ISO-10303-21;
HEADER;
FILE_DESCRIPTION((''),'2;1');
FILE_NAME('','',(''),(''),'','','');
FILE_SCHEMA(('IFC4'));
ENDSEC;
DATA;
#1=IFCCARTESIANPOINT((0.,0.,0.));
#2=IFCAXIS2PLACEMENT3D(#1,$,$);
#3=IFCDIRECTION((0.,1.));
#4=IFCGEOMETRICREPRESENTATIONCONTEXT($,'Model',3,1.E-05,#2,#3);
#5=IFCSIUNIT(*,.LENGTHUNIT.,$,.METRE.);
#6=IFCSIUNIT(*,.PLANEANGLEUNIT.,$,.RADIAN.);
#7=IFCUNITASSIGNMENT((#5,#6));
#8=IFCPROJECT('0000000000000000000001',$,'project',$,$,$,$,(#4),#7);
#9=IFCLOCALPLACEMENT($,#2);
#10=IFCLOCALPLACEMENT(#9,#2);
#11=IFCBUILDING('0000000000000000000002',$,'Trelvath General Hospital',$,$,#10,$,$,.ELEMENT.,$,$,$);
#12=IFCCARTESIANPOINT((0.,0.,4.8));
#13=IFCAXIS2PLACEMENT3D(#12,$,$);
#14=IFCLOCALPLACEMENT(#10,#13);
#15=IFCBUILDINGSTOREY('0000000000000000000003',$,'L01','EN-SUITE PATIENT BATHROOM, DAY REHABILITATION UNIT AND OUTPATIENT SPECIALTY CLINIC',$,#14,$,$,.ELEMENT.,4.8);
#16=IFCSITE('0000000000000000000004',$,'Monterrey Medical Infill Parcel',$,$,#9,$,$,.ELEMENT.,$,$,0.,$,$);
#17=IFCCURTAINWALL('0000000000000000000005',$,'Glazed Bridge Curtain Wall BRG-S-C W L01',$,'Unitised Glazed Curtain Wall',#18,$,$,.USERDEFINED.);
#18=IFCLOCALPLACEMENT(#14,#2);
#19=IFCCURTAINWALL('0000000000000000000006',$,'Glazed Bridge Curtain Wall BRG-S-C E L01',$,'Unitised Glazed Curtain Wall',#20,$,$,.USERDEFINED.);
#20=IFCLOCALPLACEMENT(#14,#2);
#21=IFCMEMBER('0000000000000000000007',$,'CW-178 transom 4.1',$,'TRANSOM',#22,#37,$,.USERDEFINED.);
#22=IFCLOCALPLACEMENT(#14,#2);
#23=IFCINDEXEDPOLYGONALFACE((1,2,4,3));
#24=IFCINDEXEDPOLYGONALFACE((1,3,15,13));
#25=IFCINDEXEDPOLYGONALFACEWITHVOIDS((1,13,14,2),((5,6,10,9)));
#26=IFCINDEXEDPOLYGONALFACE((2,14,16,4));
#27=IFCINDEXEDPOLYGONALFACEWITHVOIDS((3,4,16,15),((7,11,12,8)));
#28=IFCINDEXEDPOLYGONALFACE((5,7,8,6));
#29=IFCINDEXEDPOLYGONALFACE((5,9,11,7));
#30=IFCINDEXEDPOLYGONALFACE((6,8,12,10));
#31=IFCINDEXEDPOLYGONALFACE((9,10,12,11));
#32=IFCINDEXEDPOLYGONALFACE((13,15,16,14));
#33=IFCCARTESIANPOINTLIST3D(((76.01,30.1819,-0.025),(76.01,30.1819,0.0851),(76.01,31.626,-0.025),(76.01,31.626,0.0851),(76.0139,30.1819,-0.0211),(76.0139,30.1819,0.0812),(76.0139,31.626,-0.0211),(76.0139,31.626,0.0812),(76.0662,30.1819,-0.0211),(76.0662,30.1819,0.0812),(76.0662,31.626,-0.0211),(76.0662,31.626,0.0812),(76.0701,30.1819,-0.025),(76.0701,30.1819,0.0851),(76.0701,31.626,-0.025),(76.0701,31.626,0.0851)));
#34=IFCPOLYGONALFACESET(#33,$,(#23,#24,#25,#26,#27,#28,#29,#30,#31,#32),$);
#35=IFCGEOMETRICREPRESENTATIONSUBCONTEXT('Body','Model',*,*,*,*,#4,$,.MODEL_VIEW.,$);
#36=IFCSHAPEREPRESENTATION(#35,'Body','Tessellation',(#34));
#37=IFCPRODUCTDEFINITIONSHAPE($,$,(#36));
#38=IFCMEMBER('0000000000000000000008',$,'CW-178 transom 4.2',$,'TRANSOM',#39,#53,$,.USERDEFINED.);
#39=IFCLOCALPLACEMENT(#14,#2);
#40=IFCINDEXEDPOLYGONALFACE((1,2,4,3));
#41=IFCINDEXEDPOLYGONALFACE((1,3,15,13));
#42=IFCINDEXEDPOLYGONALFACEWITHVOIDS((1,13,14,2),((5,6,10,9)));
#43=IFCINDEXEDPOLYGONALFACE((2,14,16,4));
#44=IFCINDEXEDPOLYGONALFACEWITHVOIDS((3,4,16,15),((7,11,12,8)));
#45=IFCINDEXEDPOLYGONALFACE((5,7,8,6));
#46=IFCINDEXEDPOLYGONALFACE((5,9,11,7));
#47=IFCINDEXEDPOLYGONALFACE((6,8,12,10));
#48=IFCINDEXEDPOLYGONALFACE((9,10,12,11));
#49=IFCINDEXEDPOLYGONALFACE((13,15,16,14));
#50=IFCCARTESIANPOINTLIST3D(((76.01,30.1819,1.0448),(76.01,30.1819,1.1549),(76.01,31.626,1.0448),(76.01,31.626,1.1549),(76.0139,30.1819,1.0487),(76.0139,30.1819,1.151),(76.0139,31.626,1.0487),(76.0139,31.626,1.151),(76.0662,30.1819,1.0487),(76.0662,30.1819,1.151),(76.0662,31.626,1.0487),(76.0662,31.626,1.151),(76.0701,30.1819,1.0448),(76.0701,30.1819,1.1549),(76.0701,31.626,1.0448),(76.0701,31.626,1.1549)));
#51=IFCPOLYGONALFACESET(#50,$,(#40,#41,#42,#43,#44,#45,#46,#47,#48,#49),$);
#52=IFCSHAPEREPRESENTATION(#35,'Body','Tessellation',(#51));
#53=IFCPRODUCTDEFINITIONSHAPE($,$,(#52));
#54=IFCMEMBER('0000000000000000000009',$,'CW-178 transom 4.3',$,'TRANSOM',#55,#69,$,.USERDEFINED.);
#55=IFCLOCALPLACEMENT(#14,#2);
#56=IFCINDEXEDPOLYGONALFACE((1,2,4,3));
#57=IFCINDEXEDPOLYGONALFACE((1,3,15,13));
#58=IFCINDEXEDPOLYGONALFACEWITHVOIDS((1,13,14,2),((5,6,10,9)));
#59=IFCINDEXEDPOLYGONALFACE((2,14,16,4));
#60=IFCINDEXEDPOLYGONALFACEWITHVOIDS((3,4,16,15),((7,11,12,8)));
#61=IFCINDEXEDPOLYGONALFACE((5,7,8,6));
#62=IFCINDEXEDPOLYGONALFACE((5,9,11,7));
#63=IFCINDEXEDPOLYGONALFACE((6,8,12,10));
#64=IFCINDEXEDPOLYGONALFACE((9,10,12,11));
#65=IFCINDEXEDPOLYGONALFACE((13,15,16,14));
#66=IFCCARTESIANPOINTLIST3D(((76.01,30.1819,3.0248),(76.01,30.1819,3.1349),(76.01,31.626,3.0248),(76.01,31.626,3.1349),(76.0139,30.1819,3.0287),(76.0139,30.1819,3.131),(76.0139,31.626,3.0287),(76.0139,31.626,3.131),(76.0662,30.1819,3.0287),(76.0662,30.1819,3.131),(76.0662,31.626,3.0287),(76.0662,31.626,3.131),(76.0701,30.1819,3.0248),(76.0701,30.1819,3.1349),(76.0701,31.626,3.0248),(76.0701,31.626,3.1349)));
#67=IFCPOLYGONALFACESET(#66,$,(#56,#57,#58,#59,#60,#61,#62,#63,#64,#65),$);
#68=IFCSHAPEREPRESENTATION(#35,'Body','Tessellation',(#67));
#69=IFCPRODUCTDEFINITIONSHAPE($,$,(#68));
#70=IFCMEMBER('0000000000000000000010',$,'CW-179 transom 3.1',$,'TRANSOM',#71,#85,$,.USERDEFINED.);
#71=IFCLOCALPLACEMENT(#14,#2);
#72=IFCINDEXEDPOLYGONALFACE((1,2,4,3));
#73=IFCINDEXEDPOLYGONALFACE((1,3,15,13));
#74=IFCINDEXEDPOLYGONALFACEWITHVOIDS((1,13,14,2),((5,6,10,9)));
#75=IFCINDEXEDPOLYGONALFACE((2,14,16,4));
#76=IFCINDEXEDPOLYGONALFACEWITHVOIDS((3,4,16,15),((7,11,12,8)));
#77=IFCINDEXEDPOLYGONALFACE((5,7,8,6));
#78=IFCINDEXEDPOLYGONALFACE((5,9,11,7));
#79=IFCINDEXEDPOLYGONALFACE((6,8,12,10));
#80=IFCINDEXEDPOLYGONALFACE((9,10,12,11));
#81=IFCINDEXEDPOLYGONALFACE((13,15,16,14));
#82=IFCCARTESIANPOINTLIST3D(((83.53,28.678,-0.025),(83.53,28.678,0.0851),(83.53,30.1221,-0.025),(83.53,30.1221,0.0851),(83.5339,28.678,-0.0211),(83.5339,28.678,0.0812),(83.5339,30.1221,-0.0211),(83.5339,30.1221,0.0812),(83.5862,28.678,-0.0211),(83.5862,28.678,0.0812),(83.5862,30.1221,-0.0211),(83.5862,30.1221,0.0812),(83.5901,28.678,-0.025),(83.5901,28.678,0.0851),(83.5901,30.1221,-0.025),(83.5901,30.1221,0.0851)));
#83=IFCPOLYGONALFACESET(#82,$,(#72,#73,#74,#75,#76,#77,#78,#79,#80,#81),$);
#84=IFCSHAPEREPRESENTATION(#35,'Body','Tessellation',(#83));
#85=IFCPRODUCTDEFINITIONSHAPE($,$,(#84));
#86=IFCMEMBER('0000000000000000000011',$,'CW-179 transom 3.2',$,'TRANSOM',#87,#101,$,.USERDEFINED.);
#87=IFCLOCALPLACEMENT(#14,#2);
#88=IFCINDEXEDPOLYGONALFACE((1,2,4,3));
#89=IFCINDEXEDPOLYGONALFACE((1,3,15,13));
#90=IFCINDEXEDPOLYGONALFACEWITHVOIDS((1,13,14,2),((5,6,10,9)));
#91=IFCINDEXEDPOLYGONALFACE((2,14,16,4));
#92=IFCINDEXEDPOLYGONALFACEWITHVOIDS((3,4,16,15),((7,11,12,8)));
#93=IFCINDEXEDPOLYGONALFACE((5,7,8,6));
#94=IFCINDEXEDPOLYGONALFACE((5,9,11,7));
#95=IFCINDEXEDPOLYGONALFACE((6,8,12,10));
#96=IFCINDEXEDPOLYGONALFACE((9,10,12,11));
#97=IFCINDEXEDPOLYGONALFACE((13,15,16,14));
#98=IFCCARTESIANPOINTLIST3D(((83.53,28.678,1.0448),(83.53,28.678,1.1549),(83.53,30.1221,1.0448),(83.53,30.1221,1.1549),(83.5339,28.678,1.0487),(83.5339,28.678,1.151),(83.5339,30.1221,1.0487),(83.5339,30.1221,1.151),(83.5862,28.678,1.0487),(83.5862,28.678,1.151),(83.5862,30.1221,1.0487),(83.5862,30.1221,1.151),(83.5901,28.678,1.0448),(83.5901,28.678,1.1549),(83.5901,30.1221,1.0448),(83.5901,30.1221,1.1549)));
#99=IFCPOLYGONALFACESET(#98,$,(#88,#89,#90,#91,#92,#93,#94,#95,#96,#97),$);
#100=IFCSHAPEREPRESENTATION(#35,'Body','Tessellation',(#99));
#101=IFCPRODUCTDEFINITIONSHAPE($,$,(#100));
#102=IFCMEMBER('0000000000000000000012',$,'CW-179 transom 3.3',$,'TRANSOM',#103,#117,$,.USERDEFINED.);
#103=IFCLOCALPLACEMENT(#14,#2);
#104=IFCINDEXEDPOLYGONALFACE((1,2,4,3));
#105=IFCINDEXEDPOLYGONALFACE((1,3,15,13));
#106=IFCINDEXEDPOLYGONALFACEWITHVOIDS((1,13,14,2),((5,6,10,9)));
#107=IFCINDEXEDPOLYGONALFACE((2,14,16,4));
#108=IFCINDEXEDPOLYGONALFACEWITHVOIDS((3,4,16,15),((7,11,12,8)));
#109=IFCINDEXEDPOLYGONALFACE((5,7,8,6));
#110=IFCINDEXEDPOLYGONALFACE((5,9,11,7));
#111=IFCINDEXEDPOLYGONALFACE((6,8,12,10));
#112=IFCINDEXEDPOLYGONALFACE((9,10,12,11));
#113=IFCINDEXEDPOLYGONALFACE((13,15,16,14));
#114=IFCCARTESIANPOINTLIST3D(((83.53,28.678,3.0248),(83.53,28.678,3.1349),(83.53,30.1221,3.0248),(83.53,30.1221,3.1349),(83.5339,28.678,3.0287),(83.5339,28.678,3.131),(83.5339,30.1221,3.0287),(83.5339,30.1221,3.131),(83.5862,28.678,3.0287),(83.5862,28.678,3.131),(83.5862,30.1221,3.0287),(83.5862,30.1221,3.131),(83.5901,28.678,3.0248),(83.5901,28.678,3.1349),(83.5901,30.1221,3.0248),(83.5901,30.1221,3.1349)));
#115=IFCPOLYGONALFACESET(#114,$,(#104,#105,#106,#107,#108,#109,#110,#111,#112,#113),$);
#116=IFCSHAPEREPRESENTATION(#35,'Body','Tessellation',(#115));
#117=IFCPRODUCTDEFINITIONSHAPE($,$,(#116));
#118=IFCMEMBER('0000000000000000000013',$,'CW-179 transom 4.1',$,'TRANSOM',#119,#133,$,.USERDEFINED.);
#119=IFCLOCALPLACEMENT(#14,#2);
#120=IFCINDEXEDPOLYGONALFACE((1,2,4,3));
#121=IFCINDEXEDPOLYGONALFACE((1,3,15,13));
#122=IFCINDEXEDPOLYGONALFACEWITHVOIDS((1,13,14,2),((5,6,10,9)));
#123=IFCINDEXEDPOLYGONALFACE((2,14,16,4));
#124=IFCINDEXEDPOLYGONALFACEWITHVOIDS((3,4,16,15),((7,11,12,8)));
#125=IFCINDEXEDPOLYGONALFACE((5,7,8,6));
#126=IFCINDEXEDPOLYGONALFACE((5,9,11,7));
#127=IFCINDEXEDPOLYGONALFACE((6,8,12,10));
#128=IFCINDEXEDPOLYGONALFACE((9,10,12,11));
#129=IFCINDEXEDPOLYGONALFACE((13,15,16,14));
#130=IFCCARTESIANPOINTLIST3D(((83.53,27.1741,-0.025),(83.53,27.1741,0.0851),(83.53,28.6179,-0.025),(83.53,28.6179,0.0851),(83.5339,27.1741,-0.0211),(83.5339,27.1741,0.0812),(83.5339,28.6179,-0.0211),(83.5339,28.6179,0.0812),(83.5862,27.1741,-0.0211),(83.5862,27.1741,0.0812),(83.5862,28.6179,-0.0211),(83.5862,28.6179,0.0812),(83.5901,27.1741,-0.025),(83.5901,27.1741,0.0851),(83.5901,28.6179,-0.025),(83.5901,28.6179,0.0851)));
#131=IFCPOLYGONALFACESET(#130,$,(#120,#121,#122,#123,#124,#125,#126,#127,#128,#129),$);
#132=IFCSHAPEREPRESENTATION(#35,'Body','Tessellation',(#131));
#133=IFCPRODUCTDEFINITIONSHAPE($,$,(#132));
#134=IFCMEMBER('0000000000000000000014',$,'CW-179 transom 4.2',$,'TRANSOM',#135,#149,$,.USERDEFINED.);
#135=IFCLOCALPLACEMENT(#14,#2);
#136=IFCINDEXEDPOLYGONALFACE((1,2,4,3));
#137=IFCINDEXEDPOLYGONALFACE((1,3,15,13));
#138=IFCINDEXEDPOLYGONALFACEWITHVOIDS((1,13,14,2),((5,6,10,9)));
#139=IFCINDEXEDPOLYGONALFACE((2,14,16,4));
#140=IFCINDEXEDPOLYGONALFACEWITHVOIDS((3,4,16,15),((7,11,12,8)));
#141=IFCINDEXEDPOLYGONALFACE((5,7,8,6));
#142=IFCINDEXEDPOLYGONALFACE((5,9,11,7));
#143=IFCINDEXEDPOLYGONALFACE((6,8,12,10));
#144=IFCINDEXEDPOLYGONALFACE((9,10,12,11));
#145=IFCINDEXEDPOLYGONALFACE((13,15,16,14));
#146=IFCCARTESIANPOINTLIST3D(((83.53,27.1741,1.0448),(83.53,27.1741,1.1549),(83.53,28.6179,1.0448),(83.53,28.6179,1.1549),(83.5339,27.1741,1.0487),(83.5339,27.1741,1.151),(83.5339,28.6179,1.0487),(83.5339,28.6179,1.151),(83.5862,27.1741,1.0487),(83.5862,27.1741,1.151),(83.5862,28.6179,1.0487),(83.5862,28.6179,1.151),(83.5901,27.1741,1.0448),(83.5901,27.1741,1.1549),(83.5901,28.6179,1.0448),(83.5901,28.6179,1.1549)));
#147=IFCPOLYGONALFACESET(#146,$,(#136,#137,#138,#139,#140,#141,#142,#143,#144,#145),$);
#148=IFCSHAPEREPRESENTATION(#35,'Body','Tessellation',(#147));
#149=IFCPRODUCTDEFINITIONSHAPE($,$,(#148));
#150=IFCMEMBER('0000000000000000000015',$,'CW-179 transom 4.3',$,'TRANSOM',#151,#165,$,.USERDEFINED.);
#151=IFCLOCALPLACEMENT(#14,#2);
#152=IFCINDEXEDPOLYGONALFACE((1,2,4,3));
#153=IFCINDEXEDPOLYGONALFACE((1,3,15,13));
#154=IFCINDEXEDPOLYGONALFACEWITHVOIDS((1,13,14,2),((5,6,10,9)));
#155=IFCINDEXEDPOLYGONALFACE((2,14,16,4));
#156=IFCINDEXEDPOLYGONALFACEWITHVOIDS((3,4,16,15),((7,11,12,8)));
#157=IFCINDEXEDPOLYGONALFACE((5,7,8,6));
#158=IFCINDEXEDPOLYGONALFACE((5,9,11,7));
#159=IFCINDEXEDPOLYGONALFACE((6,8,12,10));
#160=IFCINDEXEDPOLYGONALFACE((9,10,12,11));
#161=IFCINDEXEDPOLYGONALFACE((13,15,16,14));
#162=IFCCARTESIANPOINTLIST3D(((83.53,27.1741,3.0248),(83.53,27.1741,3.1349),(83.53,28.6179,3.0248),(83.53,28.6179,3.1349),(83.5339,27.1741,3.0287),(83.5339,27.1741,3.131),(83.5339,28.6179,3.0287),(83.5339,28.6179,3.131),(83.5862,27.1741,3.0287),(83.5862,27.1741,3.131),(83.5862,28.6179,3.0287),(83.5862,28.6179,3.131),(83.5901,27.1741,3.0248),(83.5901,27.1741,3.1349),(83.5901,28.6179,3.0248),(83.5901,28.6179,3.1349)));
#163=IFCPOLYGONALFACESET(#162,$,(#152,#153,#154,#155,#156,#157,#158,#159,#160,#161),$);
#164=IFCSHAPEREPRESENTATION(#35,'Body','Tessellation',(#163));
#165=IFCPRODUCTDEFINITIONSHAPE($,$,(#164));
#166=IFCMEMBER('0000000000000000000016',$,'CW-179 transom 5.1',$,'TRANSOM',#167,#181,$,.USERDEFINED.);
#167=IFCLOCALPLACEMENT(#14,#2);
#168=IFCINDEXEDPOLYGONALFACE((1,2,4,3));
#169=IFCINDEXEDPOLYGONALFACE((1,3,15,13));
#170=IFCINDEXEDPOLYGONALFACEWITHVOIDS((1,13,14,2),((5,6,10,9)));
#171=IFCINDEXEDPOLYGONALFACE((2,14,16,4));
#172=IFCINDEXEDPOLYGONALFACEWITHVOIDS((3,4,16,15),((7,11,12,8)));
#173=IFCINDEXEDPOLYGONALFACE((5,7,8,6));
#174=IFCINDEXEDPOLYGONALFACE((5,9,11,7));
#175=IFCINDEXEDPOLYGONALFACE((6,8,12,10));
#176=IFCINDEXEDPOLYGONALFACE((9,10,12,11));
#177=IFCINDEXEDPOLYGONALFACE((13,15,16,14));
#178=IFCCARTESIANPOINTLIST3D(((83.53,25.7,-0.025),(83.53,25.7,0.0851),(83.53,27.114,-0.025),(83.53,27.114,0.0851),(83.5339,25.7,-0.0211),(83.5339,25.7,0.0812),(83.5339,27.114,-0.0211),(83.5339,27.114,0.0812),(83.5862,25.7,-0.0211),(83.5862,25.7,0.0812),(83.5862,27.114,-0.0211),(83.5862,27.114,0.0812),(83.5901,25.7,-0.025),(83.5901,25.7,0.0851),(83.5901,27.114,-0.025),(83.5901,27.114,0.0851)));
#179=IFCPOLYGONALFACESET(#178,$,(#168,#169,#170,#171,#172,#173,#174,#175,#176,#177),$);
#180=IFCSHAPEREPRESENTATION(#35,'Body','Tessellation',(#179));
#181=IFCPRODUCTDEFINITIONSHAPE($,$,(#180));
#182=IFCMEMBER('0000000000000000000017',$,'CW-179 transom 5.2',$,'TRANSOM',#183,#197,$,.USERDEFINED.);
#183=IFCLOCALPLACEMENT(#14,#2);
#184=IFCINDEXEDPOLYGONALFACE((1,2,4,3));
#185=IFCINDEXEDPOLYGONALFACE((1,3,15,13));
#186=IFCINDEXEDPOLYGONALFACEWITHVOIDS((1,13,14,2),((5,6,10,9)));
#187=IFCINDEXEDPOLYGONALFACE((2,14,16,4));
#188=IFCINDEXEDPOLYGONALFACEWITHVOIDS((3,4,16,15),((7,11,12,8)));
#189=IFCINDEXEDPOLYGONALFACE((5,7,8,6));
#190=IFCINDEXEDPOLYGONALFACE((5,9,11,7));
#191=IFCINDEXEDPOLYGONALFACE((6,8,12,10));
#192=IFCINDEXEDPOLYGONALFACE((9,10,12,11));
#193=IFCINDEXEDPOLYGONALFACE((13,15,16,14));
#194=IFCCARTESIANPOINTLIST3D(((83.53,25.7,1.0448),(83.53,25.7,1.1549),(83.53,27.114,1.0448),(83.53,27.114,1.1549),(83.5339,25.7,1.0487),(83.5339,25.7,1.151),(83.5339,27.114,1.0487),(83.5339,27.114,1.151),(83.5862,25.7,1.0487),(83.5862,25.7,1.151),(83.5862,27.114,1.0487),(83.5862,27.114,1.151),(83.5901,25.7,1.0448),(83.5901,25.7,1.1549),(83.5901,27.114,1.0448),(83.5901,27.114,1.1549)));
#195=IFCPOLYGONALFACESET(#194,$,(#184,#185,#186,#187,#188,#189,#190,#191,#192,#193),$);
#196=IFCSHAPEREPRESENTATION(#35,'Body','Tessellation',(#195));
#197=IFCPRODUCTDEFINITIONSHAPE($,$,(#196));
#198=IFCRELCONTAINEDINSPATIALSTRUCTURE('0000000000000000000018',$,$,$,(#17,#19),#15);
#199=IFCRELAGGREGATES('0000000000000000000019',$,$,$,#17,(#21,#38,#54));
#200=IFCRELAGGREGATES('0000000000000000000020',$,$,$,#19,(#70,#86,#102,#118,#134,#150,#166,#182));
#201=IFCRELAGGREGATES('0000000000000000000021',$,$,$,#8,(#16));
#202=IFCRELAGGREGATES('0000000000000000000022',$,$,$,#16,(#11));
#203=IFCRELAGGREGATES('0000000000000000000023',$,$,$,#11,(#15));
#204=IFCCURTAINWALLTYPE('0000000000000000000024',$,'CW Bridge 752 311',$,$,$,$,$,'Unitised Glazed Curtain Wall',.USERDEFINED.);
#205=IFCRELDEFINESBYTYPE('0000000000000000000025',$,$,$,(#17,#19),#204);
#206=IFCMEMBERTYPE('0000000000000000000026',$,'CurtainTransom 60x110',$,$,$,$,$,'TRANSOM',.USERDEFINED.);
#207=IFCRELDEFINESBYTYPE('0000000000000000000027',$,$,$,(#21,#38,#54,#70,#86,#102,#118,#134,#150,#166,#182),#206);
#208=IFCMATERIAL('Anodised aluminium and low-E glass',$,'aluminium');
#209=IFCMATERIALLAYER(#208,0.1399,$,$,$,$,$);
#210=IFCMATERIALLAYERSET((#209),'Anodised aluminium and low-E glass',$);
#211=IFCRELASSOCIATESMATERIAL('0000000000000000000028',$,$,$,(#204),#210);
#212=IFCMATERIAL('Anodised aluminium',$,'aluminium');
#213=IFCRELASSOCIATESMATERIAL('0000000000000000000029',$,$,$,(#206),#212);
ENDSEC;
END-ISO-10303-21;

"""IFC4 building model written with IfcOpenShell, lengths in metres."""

from ifc_helpers import new_model, si_unit, direction, frame, origin, origin_2d, place, context, subcontext, project, spatial, hollow_rectangle, extrude, material, layer, layer_set, material_profile, profile_set, type_object, element, aggregate, save


model = new_model("IFC4")

# Units and contexts
model_context = context("Model", 3, precision=1e-05, world=origin(), true_north=direction((0.0, 1.0)))
body_context = subcontext(model_context, "Body", "Model", "MODEL_VIEW")
ifc_project = project(units=[si_unit("LENGTHUNIT", "METRE"), si_unit("PLANEANGLEUNIT", "RADIAN")], contexts=[model_context])

# Site, building, storey
site_placement = place(None, origin())
site = spatial("IfcSite", under=ifc_project, at=site_placement, Name="Monterrey Medical Infill Parcel", CompositionType="ELEMENT", RefElevation=0.0)
building_placement = place(site_placement, origin())
building = spatial("IfcBuilding", under=site, at=building_placement, Name="Trelvath General Hospital", CompositionType="ELEMENT")
storey_placement = place(building_placement, frame((0.0, 0.0, 4.8)))
storey = spatial("IfcBuildingStorey", under=building, at=storey_placement, Name="L01", Description="EN-SUITE PATIENT BATHROOM, DAY REHABILITATION UNIT AND OUTPATIENT SPECIALTY CLINIC", CompositionType="ELEMENT", Elevation=4.8)

# Curtain wall
ifc_material_1 = material(Name="Anodised aluminium and low-E glass", Category="aluminium")
ifc_layer_1 = layer(ifc_material_1, 0.1399)
ifc_layer_set_1 = layer_set([ifc_layer_1], Name="Anodised aluminium and low-E glass")
curtain_wall_type = type_object("IfcCurtainWallType", Name="CW Bridge 752 311", ElementType="Unitised Glazed Curtain Wall", PredefinedType="USERDEFINED", material=ifc_layer_set_1)
curtain_wall_1_placement = place(storey_placement, origin())
curtain_wall_1 = element("IfcCurtainWall", 1, at=curtain_wall_1_placement, inside=storey, type_object=curtain_wall_type, Name="Glazed Bridge Curtain Wall BRG-S-C W L01", ObjectType="Unitised Glazed Curtain Wall", PredefinedType="USERDEFINED")

# Curtain wall
curtain_wall_2_placement = place(storey_placement, origin())
curtain_wall_2 = element("IfcCurtainWall", 2, at=curtain_wall_2_placement, inside=storey, type_object=curtain_wall_type, Name="Glazed Bridge Curtain Wall BRG-S-C E L01", ObjectType="Unitised Glazed Curtain Wall", PredefinedType="USERDEFINED")

# Members
ifc_material_2 = material(Name="Anodised aluminium", Category="aluminium")
ifc_material_profile_1 = material_profile(ifc_material_2, hollow_rectangle(XDim=0.0601, YDim=0.1101, WallThickness=0.0039, at=origin_2d()), Name="RHS60x110x4")
ifc_profile_set_1 = profile_set([ifc_material_profile_1], Name="Anodised aluminium")
member_type_1 = type_object("IfcMemberType", Name="CurtainTransom 60x110", ElementType="TRANSOM", PredefinedType="USERDEFINED", material=ifc_profile_set_1)
member_1_placement = place(storey_placement, frame((76.04, 30.1819, 0.03), z_axis=(0.0, 1.0, 0.0), x_axis=(-1.0, 0.0, 0.0)))
member_1 = element("IfcMember", 3, at=member_1_placement, type_object=member_type_1, Name="CW-178 transom 4.1", ObjectType="TRANSOM", PredefinedType="USERDEFINED", context=body_context, shape_type="SweptSolid", body=[
    extrude(hollow_rectangle(XDim=0.0601, YDim=0.1101, WallThickness=0.0039, at=origin_2d()), origin(), (0.0, 0.0, 1.0), 1.4441),
])
member_2_placement = place(storey_placement, frame((76.04, 30.1819, 1.0999), z_axis=(0.0, 1.0, 0.0), x_axis=(-1.0, 0.0, 0.0)))
member_2 = element("IfcMember", 4, at=member_2_placement, type_object=member_type_1, Name="CW-178 transom 4.2", ObjectType="TRANSOM", PredefinedType="USERDEFINED", context=body_context, shape_type="SweptSolid", body=[
    extrude(hollow_rectangle(XDim=0.0601, YDim=0.1101, WallThickness=0.0039, at=origin_2d()), origin(), (0.0, 0.0, 1.0), 1.4441),
])
member_3_placement = place(storey_placement, frame((76.04, 30.1819, 3.0798), z_axis=(0.0, 1.0, 0.0), x_axis=(-1.0, 0.0, 0.0)))
member_3 = element("IfcMember", 5, at=member_3_placement, type_object=member_type_1, Name="CW-178 transom 4.3", ObjectType="TRANSOM", PredefinedType="USERDEFINED", context=body_context, shape_type="SweptSolid", body=[
    extrude(hollow_rectangle(XDim=0.0601, YDim=0.1101, WallThickness=0.0039, at=origin_2d()), origin(), (0.0, 0.0, 1.0), 1.4441),
])
member_4_placement = place(storey_placement, frame((83.5601, 30.1221, 0.03), z_axis=(0.0, -1.0, 0.0), x_axis=(1.0, 0.0, 0.0)))
member_4 = element("IfcMember", 6, at=member_4_placement, type_object=member_type_1, Name="CW-179 transom 3.1", ObjectType="TRANSOM", PredefinedType="USERDEFINED", context=body_context, shape_type="SweptSolid", body=[
    extrude(hollow_rectangle(XDim=0.0601, YDim=0.1101, WallThickness=0.0039, at=origin_2d()), origin(), (0.0, 0.0, 1.0), 1.4441),
])
member_5_placement = place(storey_placement, frame((83.5601, 30.1221, 1.0999), z_axis=(0.0, -1.0, 0.0), x_axis=(1.0, 0.0, 0.0)))
member_5 = element("IfcMember", 7, at=member_5_placement, type_object=member_type_1, Name="CW-179 transom 3.2", ObjectType="TRANSOM", PredefinedType="USERDEFINED", context=body_context, shape_type="SweptSolid", body=[
    extrude(hollow_rectangle(XDim=0.0601, YDim=0.1101, WallThickness=0.0039, at=origin_2d()), origin(), (0.0, 0.0, 1.0), 1.4441),
])
member_6_placement = place(storey_placement, frame((83.5601, 30.1221, 3.0798), z_axis=(0.0, -1.0, 0.0), x_axis=(1.0, 0.0, 0.0)))
member_6 = element("IfcMember", 8, at=member_6_placement, type_object=member_type_1, Name="CW-179 transom 3.3", ObjectType="TRANSOM", PredefinedType="USERDEFINED", context=body_context, shape_type="SweptSolid", body=[
    extrude(hollow_rectangle(XDim=0.0601, YDim=0.1101, WallThickness=0.0039, at=origin_2d()), origin(), (0.0, 0.0, 1.0), 1.4441),
])
member_7_placement = place(storey_placement, frame((83.5601, 28.6179, 0.03), z_axis=(0.0, -1.0, 0.0), x_axis=(1.0, 0.0, 0.0)))
member_7 = element("IfcMember", 9, at=member_7_placement, type_object=member_type_1, Name="CW-179 transom 4.1", ObjectType="TRANSOM", PredefinedType="USERDEFINED", context=body_context, shape_type="SweptSolid", body=[
    extrude(hollow_rectangle(XDim=0.0601, YDim=0.1101, WallThickness=0.0039, at=origin_2d()), origin(), (0.0, 0.0, 1.0), 1.4438),
])
member_8_placement = place(storey_placement, frame((83.5601, 28.6179, 1.0999), z_axis=(0.0, -1.0, 0.0), x_axis=(1.0, 0.0, 0.0)))
member_8 = element("IfcMember", 10, at=member_8_placement, type_object=member_type_1, Name="CW-179 transom 4.2", ObjectType="TRANSOM", PredefinedType="USERDEFINED", context=body_context, shape_type="SweptSolid", body=[
    extrude(hollow_rectangle(XDim=0.0601, YDim=0.1101, WallThickness=0.0039, at=origin_2d()), origin(), (0.0, 0.0, 1.0), 1.4438),
])
member_9_placement = place(storey_placement, frame((83.5601, 28.6179, 3.0798), z_axis=(0.0, -1.0, 0.0), x_axis=(1.0, 0.0, 0.0)))
member_9 = element("IfcMember", 11, at=member_9_placement, type_object=member_type_1, Name="CW-179 transom 4.3", ObjectType="TRANSOM", PredefinedType="USERDEFINED", context=body_context, shape_type="SweptSolid", body=[
    extrude(hollow_rectangle(XDim=0.0601, YDim=0.1101, WallThickness=0.0039, at=origin_2d()), origin(), (0.0, 0.0, 1.0), 1.4438),
])
member_10_placement = place(storey_placement, frame((83.5601, 27.114, 0.03), z_axis=(0.0, -1.0, 0.0), x_axis=(1.0, 0.0, 0.0)))
member_10 = element("IfcMember", 12, at=member_10_placement, type_object=member_type_1, Name="CW-179 transom 5.1", ObjectType="TRANSOM", PredefinedType="USERDEFINED", context=body_context, shape_type="SweptSolid", body=[
    extrude(hollow_rectangle(XDim=0.0601, YDim=0.1101, WallThickness=0.0039, at=origin_2d()), origin(), (0.0, 0.0, 1.0), 1.4141),
])
member_11_placement = place(storey_placement, frame((83.5601, 27.114, 1.0999), z_axis=(0.0, -1.0, 0.0), x_axis=(1.0, 0.0, 0.0)))
member_11 = element("IfcMember", 13, at=member_11_placement, type_object=member_type_1, Name="CW-179 transom 5.2", ObjectType="TRANSOM", PredefinedType="USERDEFINED", context=body_context, shape_type="SweptSolid", body=[
    extrude(hollow_rectangle(XDim=0.0601, YDim=0.1101, WallThickness=0.0039, at=origin_2d()), origin(), (0.0, 0.0, 1.0), 1.4141),
])

aggregate(curtain_wall_1, [member_1, member_2, member_3])
aggregate(curtain_wall_2, [member_4, member_5, member_6, member_7, member_8, member_9, member_10, member_11])

save(model, "model.ifc")
